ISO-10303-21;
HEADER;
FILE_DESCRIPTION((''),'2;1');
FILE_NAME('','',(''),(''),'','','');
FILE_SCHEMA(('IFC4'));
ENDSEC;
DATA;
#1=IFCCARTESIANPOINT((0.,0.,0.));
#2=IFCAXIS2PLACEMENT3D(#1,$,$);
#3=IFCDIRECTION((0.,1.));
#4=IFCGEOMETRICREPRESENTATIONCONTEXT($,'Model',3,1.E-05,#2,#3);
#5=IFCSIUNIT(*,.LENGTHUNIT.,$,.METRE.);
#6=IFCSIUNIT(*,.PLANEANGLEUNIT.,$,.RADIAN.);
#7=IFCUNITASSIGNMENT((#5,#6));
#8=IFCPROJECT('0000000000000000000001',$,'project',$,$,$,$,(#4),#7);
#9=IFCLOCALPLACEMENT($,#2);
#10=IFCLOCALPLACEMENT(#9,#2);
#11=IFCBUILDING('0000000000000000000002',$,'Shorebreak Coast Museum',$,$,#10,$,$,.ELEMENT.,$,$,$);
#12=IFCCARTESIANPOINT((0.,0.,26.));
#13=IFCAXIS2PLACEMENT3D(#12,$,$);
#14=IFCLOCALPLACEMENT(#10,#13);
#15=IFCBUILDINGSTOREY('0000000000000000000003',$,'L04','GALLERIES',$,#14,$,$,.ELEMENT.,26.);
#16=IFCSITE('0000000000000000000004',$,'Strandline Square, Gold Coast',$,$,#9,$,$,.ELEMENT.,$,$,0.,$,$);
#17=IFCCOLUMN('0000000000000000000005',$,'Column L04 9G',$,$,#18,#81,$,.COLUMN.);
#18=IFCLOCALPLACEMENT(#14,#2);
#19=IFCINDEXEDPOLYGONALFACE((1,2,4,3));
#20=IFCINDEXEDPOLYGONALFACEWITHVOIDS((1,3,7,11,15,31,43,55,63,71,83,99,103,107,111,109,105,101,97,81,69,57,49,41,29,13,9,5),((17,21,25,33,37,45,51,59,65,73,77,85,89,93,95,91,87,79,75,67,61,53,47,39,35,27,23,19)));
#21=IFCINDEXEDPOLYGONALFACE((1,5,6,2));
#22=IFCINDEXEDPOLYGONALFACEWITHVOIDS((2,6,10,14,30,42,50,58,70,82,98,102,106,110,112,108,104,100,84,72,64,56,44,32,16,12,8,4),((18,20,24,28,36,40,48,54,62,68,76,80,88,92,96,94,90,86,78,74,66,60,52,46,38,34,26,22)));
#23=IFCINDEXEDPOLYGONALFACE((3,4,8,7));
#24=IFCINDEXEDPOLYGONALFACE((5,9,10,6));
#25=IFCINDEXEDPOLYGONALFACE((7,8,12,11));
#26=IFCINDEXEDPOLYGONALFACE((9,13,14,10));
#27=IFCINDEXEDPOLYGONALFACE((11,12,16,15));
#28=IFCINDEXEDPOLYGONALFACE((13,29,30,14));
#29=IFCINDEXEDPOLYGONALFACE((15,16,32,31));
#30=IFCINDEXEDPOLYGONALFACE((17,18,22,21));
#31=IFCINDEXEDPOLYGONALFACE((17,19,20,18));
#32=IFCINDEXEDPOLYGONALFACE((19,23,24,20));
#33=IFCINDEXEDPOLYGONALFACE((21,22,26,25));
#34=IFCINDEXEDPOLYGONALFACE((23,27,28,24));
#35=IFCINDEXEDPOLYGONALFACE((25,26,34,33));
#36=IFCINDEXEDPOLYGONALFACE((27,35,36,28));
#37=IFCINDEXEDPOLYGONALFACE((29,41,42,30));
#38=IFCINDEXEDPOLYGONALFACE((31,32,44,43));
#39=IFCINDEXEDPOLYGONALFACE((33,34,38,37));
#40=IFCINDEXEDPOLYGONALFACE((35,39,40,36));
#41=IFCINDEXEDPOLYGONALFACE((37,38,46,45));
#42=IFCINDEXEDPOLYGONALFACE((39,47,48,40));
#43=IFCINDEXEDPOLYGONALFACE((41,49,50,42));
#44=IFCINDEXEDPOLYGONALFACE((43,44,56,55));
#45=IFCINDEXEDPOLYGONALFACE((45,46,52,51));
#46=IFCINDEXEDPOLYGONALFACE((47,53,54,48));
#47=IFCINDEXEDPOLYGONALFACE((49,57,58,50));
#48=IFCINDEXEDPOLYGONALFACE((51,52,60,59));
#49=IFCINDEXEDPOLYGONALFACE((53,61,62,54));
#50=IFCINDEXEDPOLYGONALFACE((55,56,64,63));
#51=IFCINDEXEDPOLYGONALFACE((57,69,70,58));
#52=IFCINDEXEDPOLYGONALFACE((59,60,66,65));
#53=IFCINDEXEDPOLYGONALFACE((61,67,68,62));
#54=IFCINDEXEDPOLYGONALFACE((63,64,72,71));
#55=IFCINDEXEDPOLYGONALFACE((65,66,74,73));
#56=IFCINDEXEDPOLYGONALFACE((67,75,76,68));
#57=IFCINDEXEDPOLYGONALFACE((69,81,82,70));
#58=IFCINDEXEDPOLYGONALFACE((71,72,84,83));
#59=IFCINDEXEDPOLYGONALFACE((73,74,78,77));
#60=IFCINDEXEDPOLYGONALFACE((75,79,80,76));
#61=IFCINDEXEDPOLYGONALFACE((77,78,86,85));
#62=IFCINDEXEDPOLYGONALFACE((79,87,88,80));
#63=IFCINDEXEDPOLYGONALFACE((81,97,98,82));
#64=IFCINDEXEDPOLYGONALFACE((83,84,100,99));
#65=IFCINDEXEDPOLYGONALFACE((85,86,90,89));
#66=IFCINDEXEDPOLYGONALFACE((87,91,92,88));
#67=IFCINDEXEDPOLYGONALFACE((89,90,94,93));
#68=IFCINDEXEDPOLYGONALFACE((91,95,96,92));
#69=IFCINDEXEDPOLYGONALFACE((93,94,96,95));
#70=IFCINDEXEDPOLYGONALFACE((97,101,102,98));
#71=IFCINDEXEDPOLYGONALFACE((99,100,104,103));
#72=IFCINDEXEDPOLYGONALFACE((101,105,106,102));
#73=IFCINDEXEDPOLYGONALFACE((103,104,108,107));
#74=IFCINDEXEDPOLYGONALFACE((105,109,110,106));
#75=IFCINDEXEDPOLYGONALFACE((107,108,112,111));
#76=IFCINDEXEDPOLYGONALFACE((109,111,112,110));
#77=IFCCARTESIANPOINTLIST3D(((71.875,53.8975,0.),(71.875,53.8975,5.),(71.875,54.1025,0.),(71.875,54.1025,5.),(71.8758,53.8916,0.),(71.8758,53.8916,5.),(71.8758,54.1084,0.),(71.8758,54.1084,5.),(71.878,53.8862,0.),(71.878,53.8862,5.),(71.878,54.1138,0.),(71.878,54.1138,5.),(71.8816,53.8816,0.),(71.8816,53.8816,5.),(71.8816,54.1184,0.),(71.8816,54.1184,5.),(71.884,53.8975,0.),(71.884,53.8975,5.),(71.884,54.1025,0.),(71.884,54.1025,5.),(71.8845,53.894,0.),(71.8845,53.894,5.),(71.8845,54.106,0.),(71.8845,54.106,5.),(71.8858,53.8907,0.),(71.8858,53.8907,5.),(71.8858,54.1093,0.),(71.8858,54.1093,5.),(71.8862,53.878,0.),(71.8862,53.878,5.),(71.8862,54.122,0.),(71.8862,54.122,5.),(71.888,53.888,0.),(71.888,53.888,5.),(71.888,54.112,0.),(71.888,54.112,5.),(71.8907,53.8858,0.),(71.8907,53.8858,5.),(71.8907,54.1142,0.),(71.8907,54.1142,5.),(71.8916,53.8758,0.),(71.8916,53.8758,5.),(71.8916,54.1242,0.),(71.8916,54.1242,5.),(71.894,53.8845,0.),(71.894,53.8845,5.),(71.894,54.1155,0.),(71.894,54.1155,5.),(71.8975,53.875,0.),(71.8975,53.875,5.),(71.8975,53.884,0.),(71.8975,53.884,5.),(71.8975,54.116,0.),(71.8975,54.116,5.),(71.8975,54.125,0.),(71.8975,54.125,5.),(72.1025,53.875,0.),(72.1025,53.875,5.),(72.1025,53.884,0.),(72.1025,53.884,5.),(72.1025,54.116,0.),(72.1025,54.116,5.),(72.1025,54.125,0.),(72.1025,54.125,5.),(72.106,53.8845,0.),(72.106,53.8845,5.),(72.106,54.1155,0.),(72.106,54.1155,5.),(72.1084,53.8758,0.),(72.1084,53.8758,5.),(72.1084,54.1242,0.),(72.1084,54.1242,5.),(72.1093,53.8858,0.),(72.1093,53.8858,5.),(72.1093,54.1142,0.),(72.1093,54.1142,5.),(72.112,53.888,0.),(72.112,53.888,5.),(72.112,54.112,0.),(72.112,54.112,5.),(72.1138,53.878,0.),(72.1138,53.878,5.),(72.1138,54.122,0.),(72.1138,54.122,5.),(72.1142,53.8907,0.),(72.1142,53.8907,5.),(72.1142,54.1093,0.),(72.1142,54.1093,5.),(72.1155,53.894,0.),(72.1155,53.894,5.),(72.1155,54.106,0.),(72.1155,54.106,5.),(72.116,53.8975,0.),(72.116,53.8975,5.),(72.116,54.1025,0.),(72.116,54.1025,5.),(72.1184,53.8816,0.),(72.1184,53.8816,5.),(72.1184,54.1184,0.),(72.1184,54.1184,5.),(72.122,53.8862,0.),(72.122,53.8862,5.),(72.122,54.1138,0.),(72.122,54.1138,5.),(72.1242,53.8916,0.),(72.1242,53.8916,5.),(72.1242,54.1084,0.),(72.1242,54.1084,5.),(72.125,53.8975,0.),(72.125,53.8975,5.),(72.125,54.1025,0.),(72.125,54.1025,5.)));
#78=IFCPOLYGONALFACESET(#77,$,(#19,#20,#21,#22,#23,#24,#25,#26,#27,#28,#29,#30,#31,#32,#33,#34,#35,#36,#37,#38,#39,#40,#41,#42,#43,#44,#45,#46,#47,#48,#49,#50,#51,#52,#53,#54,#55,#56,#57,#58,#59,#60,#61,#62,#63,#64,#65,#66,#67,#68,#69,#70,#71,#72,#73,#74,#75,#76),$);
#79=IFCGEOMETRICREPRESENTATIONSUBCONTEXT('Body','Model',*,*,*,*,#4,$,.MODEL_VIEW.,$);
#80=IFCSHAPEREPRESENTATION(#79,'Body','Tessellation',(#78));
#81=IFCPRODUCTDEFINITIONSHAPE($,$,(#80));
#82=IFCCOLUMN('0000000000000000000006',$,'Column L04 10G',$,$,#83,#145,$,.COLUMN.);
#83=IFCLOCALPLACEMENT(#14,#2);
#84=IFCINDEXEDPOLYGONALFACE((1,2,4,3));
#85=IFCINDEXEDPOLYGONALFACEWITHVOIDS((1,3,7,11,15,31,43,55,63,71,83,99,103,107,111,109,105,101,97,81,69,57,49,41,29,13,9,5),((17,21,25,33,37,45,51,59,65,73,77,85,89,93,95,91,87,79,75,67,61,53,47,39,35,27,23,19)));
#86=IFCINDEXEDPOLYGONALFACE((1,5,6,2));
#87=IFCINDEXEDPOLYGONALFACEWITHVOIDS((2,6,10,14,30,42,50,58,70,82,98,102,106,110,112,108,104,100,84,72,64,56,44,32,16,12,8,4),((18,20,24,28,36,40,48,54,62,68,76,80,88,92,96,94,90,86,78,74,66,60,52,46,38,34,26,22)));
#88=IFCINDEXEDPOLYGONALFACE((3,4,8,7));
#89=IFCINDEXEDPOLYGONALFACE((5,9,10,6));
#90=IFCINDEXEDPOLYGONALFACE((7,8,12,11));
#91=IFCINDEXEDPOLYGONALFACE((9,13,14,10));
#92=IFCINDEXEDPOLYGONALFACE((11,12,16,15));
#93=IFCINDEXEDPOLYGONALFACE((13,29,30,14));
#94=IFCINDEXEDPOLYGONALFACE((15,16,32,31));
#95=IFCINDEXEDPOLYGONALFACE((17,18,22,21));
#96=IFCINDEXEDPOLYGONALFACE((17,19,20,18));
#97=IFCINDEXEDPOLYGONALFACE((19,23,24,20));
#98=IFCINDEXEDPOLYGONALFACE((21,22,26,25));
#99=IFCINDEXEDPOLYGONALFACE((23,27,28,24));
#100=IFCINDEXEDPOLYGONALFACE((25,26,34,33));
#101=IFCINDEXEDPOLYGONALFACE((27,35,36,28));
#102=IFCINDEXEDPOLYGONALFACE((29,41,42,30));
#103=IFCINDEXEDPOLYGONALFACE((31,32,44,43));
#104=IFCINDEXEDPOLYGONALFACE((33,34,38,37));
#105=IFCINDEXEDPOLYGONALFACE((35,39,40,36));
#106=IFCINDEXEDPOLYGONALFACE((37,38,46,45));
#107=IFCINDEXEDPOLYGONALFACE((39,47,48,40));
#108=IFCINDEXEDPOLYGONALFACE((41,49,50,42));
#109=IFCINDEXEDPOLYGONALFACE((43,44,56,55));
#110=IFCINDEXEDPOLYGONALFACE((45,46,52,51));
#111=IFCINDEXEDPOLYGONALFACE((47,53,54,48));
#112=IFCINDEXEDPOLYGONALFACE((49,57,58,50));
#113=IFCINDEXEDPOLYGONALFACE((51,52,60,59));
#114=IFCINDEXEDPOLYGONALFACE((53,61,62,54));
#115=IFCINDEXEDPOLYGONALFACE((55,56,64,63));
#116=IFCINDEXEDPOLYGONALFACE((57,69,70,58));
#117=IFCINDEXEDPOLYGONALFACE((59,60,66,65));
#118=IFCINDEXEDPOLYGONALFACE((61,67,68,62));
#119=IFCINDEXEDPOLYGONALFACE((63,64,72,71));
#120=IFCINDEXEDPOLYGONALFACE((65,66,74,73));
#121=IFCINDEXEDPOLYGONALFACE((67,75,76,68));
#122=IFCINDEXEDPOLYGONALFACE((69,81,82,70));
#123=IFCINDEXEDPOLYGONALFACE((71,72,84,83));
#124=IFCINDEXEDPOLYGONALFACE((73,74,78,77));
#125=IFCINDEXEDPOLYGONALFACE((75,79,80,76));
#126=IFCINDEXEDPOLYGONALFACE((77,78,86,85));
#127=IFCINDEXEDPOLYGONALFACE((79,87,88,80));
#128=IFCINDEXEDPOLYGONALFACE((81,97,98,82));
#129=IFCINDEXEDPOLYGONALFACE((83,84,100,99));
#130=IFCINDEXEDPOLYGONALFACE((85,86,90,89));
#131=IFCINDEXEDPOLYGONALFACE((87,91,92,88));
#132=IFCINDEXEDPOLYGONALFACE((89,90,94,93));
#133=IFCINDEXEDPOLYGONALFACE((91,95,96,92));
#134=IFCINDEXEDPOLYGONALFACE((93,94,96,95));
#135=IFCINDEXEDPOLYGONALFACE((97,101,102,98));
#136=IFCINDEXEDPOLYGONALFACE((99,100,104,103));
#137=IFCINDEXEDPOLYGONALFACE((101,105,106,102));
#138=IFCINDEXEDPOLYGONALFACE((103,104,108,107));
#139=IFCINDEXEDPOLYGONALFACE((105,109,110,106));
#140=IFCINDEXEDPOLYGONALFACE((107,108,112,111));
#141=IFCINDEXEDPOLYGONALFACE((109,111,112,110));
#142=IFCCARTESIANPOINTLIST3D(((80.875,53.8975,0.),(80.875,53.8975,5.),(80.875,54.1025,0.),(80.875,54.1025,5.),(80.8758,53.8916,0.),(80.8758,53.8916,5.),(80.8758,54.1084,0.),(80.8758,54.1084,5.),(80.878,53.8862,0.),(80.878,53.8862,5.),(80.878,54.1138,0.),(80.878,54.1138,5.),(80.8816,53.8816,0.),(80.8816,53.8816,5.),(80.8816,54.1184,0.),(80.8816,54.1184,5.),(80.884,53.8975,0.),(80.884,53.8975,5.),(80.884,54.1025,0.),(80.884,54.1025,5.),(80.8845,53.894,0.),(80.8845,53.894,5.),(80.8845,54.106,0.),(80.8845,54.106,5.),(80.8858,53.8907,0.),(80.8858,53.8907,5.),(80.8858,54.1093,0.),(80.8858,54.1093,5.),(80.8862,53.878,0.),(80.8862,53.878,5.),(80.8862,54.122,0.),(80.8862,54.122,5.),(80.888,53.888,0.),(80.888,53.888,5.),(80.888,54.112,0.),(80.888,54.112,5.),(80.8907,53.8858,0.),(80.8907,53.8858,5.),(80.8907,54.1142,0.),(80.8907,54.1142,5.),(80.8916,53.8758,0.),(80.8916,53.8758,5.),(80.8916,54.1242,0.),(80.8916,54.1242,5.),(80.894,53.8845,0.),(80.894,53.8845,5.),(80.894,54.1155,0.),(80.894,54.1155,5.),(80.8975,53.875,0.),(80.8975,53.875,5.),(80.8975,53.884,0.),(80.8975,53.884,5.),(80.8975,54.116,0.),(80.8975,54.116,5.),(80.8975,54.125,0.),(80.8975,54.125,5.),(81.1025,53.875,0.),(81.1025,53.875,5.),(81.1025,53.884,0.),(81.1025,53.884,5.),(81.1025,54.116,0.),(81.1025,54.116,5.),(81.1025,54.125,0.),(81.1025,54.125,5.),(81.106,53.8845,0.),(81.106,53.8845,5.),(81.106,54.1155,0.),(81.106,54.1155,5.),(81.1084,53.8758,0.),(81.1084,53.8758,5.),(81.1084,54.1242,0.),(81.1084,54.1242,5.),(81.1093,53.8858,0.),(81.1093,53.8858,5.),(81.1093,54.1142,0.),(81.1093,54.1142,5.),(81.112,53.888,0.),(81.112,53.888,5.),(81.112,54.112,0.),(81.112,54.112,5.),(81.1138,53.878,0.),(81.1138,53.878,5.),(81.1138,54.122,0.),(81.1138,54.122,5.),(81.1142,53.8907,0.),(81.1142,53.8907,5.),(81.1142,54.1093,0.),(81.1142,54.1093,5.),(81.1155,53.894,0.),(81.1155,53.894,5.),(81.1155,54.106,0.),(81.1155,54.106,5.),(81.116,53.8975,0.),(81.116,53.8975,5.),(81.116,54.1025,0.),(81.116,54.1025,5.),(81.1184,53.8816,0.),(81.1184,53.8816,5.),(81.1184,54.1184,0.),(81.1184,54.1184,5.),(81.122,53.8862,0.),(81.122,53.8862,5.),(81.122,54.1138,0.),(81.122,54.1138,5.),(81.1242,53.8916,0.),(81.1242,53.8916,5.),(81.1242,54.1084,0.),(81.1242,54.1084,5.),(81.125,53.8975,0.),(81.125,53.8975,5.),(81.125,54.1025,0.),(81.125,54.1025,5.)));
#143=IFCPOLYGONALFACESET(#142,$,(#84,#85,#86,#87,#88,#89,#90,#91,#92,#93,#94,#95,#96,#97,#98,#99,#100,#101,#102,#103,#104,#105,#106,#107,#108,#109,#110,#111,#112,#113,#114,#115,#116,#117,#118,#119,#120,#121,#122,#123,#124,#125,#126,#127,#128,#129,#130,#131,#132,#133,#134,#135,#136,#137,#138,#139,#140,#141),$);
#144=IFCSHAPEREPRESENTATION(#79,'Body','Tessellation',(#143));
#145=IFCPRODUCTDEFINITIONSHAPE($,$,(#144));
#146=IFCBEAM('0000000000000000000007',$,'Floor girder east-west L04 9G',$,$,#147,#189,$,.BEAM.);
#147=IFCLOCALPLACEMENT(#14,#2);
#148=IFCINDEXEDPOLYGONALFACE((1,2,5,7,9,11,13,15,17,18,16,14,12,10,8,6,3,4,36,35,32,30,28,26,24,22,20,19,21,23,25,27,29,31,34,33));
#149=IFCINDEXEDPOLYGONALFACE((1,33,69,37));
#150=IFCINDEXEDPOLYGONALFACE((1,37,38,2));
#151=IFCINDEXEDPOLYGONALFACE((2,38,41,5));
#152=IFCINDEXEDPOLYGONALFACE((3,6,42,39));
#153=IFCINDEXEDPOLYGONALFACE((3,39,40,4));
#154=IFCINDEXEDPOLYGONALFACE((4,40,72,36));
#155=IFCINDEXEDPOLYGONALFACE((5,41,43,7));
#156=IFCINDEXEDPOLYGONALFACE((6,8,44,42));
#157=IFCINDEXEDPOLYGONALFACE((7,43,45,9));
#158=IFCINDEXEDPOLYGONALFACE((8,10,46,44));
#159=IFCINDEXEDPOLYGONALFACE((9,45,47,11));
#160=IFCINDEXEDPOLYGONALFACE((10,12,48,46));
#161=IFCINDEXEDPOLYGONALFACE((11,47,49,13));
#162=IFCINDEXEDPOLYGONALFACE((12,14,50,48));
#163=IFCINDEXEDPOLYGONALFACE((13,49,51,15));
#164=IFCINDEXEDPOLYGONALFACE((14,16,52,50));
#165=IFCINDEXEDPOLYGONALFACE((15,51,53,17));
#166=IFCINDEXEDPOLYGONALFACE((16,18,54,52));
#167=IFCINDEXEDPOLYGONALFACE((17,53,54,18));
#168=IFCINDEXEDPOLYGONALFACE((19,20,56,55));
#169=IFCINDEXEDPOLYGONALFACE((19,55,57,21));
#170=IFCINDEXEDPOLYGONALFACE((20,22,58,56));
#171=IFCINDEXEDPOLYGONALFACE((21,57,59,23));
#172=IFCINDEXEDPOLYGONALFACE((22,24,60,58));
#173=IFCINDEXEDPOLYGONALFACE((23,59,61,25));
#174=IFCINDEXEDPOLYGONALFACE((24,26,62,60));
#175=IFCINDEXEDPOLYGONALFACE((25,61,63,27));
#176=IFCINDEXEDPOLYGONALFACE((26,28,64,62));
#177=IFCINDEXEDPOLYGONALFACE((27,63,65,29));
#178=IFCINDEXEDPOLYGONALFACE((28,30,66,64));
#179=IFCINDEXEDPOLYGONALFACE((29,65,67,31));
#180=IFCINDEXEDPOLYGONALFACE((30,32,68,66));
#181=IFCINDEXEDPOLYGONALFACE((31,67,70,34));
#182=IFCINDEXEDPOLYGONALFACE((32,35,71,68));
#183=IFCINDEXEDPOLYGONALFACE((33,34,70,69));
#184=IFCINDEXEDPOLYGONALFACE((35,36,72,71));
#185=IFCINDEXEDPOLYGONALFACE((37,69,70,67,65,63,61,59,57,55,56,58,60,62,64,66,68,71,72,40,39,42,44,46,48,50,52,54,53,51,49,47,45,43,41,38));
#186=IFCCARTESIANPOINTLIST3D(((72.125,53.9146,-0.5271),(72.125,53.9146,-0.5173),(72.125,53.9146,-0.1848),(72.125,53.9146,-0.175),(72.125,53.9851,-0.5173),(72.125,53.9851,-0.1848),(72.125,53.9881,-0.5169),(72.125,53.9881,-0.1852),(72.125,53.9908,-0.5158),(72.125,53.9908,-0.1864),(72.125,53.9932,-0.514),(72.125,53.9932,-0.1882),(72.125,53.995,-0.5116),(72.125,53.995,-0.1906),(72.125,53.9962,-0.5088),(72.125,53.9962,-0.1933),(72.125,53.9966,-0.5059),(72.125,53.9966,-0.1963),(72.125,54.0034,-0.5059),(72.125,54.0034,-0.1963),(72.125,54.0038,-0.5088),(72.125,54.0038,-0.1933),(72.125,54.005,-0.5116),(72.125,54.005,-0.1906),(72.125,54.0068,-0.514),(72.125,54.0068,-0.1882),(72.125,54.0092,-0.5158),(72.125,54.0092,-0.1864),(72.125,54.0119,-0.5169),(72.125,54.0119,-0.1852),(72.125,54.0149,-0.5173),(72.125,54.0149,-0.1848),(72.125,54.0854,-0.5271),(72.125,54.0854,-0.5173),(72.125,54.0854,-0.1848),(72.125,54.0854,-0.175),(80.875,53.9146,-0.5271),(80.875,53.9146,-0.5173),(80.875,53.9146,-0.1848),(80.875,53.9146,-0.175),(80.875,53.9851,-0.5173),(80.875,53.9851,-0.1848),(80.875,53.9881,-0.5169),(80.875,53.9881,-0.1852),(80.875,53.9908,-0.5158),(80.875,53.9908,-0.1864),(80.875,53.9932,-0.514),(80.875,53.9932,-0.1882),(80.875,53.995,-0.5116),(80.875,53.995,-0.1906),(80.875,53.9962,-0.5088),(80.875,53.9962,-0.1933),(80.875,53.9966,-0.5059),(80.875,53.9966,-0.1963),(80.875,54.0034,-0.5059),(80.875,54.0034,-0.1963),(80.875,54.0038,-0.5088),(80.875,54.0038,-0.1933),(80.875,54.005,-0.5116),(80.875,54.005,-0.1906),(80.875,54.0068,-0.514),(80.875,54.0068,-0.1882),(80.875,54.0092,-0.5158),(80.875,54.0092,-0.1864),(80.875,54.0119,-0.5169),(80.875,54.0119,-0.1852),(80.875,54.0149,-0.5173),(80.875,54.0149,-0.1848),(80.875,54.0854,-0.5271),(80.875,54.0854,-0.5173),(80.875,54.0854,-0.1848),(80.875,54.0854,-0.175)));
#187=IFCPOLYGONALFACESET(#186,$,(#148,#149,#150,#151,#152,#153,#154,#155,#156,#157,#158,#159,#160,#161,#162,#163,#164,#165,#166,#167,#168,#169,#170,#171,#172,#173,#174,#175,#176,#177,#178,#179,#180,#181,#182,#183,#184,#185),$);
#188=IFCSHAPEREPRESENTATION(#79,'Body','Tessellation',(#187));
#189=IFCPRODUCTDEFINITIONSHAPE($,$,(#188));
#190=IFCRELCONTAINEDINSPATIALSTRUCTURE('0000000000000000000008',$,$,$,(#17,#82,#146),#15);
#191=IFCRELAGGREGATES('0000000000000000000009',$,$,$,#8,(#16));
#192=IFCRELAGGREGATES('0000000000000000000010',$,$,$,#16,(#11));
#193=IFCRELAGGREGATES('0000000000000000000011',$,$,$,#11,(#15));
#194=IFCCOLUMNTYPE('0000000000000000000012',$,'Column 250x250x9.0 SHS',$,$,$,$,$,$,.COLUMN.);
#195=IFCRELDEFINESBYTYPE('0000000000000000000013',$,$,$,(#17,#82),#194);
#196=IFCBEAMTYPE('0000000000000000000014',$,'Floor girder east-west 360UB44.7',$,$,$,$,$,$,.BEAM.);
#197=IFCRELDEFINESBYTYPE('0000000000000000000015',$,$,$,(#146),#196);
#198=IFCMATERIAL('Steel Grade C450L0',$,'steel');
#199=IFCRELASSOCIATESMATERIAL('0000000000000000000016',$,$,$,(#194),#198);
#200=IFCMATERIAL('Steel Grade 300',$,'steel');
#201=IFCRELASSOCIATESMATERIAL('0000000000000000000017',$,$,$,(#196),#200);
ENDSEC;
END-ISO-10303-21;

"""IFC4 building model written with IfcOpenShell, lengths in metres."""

from ifc_helpers import new_model, si_unit, direction, frame, origin, origin_2d, place, context, subcontext, project, spatial, hollow_rectangle, i_section, extrude, material, material_profile, profile_set, type_object, element, save


model = new_model("IFC4")

# Units and contexts
model_context = context("Model", 3, precision=1e-05, world=origin(), true_north=direction((0.0, 1.0)))
body_context = subcontext(model_context, "Body", "Model", "MODEL_VIEW")
ifc_project = project(units=[si_unit("LENGTHUNIT", "METRE"), si_unit("PLANEANGLEUNIT", "RADIAN")], contexts=[model_context])

# Site, building, storey
site_placement = place(None, origin())
site = spatial("IfcSite", under=ifc_project, at=site_placement, Name="Strandline Square, Gold Coast", CompositionType="ELEMENT", RefElevation=0.0)
building_placement = place(site_placement, origin())
building = spatial("IfcBuilding", under=site, at=building_placement, Name="Shorebreak Coast Museum", CompositionType="ELEMENT")
storey_placement = place(building_placement, frame((0.0, 0.0, 26.0)))
storey = spatial("IfcBuildingStorey", under=building, at=storey_placement, Name="L04", Description="GALLERIES", CompositionType="ELEMENT", Elevation=26.0)

# Columns
ifc_material_1 = material(Name="Steel Grade C450L0", Category="steel")
ifc_material_profile_1 = material_profile(ifc_material_1, hollow_rectangle(XDim=0.25, YDim=0.25, WallThickness=0.009, InnerFilletRadius=0.0134, OuterFilletRadius=0.0225, at=origin_2d()), Name="250x250x9.0 SHS")
ifc_profile_set_1 = profile_set([ifc_material_profile_1], Name="Steel Grade C450L0")
column_type = type_object("IfcColumnType", Name="Column 250x250x9.0 SHS", PredefinedType="COLUMN", material=ifc_profile_set_1)
for number, where, z_axis, x_axis, name in (
    (1, (72.0, 54.0, 0.0), (0.0, 0.0, 1.0), (1.0, 0.0, 0.0), "Column L04 9G"),
    (2, (81.0, 54.0, 0.0), (0.0, 0.0, 1.0), (1.0, 0.0, 0.0), "Column L04 10G"),
):
    element("IfcColumn", number, at=place(storey_placement, frame(where, z_axis=z_axis, x_axis=x_axis)), inside=storey, type_object=column_type, Name=name, PredefinedType="COLUMN", context=body_context, shape_type="SweptSolid", body=[
        extrude(hollow_rectangle(XDim=0.25, YDim=0.25, WallThickness=0.009, InnerFilletRadius=0.0134, OuterFilletRadius=0.0225, at=origin_2d()), origin(), (0.0, 0.0, 1.0), 5.0),
    ])

# Beam
ifc_material_2 = material(Name="Steel Grade 300", Category="steel")
ifc_material_profile_2 = material_profile(ifc_material_2, i_section(OverallWidth=0.1709, OverallDepth=0.3521, WebThickness=0.0068, FlangeThickness=0.0098, FilletRadius=0.0115, at=origin_2d()), Name="360UB44.7")
ifc_profile_set_2 = profile_set([ifc_material_profile_2], Name="Steel Grade 300")
beam_type_1 = type_object("IfcBeamType", Name="Floor girder east-west 360UB44.7", PredefinedType="BEAM", material=ifc_profile_set_2)
for number, where, z_axis, x_axis, name in (
    (3, (72.125, 54.0, -0.3511), (1.0, 0.0, 0.0), (0.0, 1.0, 0.0), "Floor girder east-west L04 9G"),
):
    element("IfcBeam", number, at=place(storey_placement, frame(where, z_axis=z_axis, x_axis=x_axis)), inside=storey, type_object=beam_type_1, Name=name, PredefinedType="BEAM", context=body_context, shape_type="SweptSolid", body=[
        extrude(i_section(OverallWidth=0.1709, OverallDepth=0.3521, WebThickness=0.0068, FlangeThickness=0.0098, FilletRadius=0.0115, at=origin_2d()), origin(), (0.0, 0.0, 1.0), 8.75),
    ])

save(model, "model.ifc")
